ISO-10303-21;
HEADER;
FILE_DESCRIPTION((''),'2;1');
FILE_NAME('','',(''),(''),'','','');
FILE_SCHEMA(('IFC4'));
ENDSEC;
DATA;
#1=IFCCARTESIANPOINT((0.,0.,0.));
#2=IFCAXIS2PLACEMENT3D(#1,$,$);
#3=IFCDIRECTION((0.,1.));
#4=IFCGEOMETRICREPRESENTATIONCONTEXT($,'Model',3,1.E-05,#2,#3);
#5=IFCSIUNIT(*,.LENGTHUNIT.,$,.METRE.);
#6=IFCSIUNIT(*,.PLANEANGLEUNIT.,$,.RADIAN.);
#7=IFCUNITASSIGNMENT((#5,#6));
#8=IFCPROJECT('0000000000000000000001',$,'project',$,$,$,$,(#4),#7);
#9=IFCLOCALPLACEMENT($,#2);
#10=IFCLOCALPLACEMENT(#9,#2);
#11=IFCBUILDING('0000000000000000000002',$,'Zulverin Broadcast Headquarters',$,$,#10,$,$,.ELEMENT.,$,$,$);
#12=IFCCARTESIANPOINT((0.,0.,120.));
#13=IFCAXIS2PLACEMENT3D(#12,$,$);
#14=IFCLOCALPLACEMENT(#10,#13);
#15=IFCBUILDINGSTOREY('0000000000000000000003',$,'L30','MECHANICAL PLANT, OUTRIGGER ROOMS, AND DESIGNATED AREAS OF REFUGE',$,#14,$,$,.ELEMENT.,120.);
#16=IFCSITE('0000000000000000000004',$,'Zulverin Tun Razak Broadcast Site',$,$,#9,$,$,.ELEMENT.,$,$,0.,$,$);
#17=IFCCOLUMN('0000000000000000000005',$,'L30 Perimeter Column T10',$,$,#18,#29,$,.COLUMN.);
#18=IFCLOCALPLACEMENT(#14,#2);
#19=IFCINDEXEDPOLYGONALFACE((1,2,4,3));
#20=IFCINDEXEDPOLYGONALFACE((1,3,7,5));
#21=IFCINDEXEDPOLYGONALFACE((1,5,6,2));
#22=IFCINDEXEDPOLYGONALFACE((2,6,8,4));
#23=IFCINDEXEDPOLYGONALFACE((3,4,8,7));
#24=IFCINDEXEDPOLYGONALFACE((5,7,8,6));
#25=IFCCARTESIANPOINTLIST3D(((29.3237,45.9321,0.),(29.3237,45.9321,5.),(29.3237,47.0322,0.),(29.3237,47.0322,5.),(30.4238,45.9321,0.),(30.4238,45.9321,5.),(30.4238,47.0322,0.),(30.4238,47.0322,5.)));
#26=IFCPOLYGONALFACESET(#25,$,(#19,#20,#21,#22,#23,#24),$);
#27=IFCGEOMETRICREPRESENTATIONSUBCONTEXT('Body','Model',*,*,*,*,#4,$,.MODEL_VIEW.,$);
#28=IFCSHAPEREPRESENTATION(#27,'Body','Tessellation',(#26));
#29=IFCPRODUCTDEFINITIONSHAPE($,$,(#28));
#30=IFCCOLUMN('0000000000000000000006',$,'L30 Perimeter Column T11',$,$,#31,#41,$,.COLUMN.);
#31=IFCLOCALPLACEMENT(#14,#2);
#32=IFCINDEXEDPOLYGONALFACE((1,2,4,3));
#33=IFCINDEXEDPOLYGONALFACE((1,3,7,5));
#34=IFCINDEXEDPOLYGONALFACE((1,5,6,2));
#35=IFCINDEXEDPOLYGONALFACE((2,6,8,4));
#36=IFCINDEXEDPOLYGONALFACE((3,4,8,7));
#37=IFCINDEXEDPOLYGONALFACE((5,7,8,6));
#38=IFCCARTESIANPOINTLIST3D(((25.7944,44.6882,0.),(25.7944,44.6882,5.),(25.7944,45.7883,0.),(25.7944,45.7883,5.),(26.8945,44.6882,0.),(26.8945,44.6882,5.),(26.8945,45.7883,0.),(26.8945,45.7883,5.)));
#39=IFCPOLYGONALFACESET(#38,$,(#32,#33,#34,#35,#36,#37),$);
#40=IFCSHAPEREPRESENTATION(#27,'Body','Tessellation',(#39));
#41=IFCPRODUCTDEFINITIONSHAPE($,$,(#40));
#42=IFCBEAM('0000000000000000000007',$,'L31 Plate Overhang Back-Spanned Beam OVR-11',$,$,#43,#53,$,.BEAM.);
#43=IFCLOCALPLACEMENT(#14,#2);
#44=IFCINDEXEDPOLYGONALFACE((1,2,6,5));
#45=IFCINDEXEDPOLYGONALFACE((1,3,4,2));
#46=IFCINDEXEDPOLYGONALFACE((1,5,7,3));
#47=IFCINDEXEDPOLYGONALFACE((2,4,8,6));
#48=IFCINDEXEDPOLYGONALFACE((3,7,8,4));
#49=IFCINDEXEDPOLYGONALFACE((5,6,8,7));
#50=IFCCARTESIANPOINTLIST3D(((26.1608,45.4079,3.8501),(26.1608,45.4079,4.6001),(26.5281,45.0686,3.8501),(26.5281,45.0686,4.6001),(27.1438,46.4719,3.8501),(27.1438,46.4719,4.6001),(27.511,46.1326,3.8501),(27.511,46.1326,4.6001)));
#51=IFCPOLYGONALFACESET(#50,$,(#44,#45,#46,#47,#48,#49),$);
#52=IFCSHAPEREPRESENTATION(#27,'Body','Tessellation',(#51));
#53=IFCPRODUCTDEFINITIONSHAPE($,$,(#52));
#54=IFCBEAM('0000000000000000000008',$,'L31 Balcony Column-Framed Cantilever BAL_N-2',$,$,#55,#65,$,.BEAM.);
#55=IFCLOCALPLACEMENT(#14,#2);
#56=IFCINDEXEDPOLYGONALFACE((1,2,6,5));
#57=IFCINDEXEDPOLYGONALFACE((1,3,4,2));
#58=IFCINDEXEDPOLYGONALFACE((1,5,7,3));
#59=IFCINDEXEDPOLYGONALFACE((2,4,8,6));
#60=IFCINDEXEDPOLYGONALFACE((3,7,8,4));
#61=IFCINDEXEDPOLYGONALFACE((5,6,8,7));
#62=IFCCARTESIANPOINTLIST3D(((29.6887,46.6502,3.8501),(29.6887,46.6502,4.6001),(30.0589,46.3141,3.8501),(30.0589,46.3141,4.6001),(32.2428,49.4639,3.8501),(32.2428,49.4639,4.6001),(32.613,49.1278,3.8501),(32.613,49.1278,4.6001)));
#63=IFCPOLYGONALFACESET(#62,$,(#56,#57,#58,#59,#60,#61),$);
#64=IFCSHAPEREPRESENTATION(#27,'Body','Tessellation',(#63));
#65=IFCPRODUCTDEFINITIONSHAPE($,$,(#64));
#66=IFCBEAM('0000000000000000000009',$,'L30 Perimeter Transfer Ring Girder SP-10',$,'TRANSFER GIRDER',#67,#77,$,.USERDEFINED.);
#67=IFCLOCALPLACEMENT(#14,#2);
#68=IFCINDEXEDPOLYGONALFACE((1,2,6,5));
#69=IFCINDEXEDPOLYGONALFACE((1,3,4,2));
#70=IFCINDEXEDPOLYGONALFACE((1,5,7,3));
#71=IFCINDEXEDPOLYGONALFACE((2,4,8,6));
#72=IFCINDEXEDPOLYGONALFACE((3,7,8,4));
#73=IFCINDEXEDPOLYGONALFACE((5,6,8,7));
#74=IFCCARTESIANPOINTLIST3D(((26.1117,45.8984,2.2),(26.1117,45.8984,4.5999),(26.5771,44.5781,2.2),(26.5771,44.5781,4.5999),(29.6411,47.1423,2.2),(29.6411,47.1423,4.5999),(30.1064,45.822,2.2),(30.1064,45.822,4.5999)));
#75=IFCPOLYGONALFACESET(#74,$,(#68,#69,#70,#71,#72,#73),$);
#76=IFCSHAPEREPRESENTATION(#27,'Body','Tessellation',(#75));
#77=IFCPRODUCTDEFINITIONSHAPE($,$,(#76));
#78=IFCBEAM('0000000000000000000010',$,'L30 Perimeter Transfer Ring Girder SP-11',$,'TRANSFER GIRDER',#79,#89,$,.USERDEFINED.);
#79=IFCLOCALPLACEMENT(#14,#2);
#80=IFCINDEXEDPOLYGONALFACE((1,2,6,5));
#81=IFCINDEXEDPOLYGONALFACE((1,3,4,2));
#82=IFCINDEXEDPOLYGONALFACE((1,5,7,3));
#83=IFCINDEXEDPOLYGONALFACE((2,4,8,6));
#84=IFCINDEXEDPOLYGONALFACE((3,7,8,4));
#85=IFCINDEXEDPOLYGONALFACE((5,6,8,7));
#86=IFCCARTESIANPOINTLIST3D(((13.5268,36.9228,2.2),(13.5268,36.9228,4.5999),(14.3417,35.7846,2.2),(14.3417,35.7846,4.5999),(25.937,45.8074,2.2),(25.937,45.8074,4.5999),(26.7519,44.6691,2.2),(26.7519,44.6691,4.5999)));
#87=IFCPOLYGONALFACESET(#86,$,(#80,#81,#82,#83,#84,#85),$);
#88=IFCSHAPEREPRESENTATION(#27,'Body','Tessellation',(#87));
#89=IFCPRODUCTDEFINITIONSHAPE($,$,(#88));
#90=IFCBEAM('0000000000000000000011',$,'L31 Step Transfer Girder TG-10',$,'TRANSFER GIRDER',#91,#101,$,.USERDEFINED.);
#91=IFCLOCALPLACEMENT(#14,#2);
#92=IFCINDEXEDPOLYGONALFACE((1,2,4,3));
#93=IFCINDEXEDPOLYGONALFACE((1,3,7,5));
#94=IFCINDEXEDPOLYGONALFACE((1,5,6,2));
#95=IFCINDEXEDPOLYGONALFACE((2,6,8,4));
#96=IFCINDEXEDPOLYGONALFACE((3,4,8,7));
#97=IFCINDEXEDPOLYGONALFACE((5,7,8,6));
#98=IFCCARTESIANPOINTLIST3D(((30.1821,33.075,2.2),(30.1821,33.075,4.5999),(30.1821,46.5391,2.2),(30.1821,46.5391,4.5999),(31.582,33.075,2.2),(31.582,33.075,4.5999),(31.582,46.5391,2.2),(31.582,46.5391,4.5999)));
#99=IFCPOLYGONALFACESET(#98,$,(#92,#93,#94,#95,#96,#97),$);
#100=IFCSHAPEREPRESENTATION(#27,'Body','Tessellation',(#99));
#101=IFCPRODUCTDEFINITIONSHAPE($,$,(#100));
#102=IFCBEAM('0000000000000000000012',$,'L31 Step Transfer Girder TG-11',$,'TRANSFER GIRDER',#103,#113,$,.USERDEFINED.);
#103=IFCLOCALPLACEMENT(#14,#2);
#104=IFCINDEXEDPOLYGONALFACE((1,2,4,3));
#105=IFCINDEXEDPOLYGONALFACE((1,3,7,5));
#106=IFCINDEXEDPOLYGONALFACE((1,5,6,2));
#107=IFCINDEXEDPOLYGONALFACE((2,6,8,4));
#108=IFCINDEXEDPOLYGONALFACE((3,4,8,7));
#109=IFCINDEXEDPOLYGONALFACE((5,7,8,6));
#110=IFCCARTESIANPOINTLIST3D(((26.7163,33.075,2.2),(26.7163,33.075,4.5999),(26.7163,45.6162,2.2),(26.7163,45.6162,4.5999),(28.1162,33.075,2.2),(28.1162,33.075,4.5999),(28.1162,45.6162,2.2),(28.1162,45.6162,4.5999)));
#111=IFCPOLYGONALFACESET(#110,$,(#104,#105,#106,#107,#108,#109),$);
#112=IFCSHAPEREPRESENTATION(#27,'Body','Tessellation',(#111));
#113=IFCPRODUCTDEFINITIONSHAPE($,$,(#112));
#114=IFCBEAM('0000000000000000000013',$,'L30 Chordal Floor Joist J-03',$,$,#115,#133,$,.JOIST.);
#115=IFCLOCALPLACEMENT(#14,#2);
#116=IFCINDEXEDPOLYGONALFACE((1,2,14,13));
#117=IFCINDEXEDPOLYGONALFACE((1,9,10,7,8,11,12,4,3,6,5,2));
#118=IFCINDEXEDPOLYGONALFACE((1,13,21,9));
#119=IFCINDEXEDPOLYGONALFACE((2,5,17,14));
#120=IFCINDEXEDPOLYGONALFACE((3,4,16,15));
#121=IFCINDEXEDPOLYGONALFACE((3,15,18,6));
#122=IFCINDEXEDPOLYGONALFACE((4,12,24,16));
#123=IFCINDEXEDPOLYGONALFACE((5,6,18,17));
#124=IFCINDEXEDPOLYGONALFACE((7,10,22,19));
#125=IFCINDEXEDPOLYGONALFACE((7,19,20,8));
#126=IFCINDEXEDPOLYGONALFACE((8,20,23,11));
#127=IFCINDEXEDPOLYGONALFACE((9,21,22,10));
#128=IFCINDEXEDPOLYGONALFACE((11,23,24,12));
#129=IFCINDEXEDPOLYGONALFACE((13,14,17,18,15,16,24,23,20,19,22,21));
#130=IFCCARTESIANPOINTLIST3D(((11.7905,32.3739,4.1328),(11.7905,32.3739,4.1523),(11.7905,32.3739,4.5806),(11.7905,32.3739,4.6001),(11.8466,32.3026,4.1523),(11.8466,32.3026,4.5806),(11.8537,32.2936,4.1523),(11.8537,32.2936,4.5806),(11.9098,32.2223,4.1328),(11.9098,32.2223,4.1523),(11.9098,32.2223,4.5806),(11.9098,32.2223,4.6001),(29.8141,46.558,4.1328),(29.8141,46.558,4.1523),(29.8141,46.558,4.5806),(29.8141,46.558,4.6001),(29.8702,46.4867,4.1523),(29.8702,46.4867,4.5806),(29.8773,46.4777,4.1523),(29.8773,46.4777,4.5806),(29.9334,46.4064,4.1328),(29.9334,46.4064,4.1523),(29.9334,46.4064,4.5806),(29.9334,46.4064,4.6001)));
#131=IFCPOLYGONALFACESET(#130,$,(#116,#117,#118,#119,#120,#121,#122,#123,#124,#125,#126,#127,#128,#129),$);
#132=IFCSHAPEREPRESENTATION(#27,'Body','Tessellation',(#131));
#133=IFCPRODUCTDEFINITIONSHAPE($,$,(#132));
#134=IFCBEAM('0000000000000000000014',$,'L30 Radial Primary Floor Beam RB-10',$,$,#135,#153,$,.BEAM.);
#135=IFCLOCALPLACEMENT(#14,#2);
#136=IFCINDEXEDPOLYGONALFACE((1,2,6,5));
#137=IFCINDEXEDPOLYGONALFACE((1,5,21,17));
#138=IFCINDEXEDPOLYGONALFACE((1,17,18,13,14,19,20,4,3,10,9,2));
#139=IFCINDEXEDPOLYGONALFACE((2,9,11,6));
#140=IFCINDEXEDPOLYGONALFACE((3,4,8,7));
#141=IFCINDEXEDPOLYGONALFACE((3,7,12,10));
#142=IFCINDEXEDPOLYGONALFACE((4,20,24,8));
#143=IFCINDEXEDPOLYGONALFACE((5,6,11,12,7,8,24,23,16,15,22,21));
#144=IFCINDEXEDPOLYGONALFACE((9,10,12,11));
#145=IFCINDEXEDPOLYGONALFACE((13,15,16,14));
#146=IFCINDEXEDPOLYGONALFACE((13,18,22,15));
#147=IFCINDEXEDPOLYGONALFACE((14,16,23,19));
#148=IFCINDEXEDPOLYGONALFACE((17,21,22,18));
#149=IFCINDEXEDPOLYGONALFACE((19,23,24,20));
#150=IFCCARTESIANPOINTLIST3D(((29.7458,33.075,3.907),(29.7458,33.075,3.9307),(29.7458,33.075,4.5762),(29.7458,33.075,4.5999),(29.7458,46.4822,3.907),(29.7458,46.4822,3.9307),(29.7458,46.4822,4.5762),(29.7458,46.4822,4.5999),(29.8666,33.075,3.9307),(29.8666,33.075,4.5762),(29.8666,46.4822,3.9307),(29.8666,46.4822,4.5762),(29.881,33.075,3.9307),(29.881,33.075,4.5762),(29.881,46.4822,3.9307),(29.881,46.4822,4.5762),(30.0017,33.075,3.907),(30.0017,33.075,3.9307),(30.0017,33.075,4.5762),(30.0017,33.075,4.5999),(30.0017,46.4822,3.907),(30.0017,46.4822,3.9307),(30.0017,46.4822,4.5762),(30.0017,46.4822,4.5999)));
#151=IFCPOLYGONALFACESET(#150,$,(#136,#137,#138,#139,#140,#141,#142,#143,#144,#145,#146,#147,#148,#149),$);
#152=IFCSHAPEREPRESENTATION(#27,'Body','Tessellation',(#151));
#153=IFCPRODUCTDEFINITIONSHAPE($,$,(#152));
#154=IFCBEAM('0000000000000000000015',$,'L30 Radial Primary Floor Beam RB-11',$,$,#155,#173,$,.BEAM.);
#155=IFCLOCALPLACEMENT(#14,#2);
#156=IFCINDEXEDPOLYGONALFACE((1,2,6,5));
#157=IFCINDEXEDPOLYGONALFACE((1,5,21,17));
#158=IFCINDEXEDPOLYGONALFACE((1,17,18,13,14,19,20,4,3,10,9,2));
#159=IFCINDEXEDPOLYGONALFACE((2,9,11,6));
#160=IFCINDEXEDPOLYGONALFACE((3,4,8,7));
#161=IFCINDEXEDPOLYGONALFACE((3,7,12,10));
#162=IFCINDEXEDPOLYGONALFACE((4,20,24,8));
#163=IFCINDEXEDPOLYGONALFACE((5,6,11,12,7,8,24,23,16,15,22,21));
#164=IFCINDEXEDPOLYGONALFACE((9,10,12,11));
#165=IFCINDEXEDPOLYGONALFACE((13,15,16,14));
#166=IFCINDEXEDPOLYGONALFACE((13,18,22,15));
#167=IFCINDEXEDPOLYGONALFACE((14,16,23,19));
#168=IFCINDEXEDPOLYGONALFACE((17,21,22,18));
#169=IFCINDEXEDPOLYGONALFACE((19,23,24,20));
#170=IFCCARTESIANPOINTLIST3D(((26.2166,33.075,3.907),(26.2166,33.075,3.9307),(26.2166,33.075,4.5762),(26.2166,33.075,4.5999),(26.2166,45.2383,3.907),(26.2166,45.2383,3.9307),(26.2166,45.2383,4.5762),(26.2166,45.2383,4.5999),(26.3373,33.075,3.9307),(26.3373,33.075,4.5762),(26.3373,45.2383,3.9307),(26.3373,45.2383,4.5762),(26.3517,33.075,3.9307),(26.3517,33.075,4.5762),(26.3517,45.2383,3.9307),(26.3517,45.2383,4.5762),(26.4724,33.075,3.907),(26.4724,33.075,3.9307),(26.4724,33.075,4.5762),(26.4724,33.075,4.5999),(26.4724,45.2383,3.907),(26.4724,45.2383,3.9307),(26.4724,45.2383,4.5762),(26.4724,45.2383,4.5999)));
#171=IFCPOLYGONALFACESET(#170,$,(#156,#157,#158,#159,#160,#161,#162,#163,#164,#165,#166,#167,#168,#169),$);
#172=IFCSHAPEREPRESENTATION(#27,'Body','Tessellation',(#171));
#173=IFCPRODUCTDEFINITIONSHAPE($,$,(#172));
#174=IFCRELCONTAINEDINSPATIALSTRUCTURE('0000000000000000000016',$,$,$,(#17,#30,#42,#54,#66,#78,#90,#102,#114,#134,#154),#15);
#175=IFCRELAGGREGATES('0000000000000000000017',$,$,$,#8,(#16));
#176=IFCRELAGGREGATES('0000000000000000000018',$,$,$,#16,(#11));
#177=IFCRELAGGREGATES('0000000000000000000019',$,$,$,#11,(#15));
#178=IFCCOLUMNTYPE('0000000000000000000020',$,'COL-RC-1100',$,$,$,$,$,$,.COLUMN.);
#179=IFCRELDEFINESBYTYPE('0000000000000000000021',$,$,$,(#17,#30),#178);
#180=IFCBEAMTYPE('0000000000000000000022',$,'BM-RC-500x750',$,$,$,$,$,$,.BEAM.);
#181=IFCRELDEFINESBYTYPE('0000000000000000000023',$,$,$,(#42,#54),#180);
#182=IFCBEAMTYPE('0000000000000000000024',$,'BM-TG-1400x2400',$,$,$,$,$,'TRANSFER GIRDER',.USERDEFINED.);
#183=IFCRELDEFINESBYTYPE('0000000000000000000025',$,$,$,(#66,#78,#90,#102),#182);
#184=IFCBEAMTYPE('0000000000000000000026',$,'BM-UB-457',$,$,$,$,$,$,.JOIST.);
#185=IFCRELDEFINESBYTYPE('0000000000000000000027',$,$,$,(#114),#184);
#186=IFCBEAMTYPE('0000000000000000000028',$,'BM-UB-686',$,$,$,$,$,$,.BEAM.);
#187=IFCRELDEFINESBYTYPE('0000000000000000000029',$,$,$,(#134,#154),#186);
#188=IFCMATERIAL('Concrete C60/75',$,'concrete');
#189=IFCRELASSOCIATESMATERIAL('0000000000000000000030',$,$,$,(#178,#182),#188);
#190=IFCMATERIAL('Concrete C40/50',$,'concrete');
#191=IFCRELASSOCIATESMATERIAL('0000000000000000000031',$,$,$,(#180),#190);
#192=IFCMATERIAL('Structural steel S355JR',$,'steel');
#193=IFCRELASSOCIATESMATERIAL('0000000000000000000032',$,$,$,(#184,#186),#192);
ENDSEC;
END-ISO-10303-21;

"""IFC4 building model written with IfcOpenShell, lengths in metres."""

from ifc_helpers import new_model, si_unit, direction, frame, origin, origin_2d, place, context, subcontext, project, spatial, rectangle, i_section, extrude, material, material_profile, profile_set, type_object, element, save


model = new_model("IFC4")

# Units and contexts
model_context = context("Model", 3, precision=1e-05, world=origin(), true_north=direction((0.0, 1.0)))
body_context = subcontext(model_context, "Body", "Model", "MODEL_VIEW")
ifc_project = project(units=[si_unit("LENGTHUNIT", "METRE"), si_unit("PLANEANGLEUNIT", "RADIAN")], contexts=[model_context])

# Site, building, storey
site_placement = place(None, origin())
site = spatial("IfcSite", under=ifc_project, at=site_placement, Name="Zulverin Tun Razak Broadcast Site", CompositionType="ELEMENT", RefElevation=0.0)
building_placement = place(site_placement, origin())
building = spatial("IfcBuilding", under=site, at=building_placement, Name="Zulverin Broadcast Headquarters", CompositionType="ELEMENT")
storey_placement = place(building_placement, frame((0.0, 0.0, 120.0)))
storey = spatial("IfcBuildingStorey", under=building, at=storey_placement, Name="L30", Description="MECHANICAL PLANT, OUTRIGGER ROOMS, AND DESIGNATED AREAS OF REFUGE", CompositionType="ELEMENT", Elevation=120.0)

# Columns
ifc_material_1 = material(Name="Concrete C60/75", Category="concrete")
ifc_material_profile_1 = material_profile(ifc_material_1, rectangle(XDim=1.1001, YDim=1.1001, at=origin_2d()), Name="Concrete C60/75", Category="concrete")
ifc_profile_set_1 = profile_set([ifc_material_profile_1], Name="Concrete C60/75")
column_type = type_object("IfcColumnType", Name="COL-RC-1100", PredefinedType="COLUMN", material=ifc_profile_set_1)
for number, where, z_axis, x_axis, name in (
    (1, (29.8738, 46.4822, 0.0), (0.0, 0.0, 1.0), (1.0, 0.0, 0.0), "L30 Perimeter Column T10"),
    (2, (26.3445, 45.2383, 0.0), (0.0, 0.0, 1.0), (1.0, 0.0, 0.0), "L30 Perimeter Column T11"),
):
    element("IfcColumn", number, at=place(storey_placement, frame(where, z_axis=z_axis, x_axis=x_axis)), inside=storey, type_object=column_type, Name=name, PredefinedType="COLUMN", context=body_context, shape_type="SweptSolid", body=[
        extrude(rectangle(XDim=1.1001, YDim=1.1001, at=origin_2d()), origin(), (0.0, 0.0, 1.0), 5.0),
    ])

# Beams
ifc_material_2 = material(Name="Concrete C40/50", Category="concrete")
ifc_material_profile_2 = material_profile(ifc_material_2, rectangle(XDim=0.5, YDim=0.75, at=origin_2d()), Name="Concrete C40/50", Category="concrete")
ifc_profile_set_2 = profile_set([ifc_material_profile_2], Name="Concrete C40/50")
beam_type_1 = type_object("IfcBeamType", Name="BM-RC-500x750", PredefinedType="BEAM", material=ifc_profile_set_2)
beam_1_placement = place(storey_placement, frame((26.3445, 45.2383, 4.2251), z_axis=(0.678574, 0.734532, 0.0), x_axis=(-0.734532, 0.678574, 0.0)))
element("IfcBeam", 3, at=beam_1_placement, inside=storey, type_object=beam_type_1, Name="L31 Plate Overhang Back-Spanned Beam OVR-11", PredefinedType="BEAM", context=body_context, shape_type="SweptSolid", body=[
    extrude(rectangle(XDim=0.5, YDim=0.75, at=origin_2d()), origin(), (0.0, 0.0, 1.0), 1.4485),
])
beam_2_placement = place(storey_placement, frame((29.8738, 46.4822, 4.2251), z_axis=(0.672135, 0.740428, 0.0), x_axis=(-0.740428, 0.672135, 0.0)))
element("IfcBeam", 4, at=beam_2_placement, inside=storey, type_object=beam_type_1, Name="L31 Balcony Column-Framed Cantilever BAL_N-2", PredefinedType="BEAM", context=body_context, shape_type="SweptSolid", body=[
    extrude(rectangle(XDim=0.5, YDim=0.75, at=origin_2d()), origin(), (0.0, 0.0, 1.0), 3.8),
])
ifc_material_profile_3 = material_profile(ifc_material_1, rectangle(XDim=1.3999, YDim=2.3999, at=origin_2d()), Name="Concrete C60/75", Category="concrete")
ifc_profile_set_3 = profile_set([ifc_material_profile_3], Name="Concrete C60/75")
beam_type_2 = type_object("IfcBeamType", Name="BM-TG-1400x2400", ElementType="TRANSFER GIRDER", PredefinedType="USERDEFINED", material=ifc_profile_set_3)
beam_3_placement = place(storey_placement, frame((29.8738, 46.4822, 3.3999), z_axis=(-0.943136, -0.332407, 0.0), x_axis=(0.332407, -0.943136, 0.0)))
element("IfcBeam", 5, at=beam_3_placement, inside=storey, type_object=beam_type_2, Name="L30 Perimeter Transfer Ring Girder SP-10", ObjectType="TRANSFER GIRDER", PredefinedType="USERDEFINED", context=body_context, shape_type="SweptSolid", body=[
    extrude(rectangle(XDim=1.3999, YDim=2.3999, at=origin_2d()), origin(), (0.0, 0.0, 1.0), 3.7422),
])
beam_4_placement = place(storey_placement, frame((26.3445, 45.2383, 3.3999), z_axis=(-0.813109, -0.582111, 0.0), x_axis=(0.582111, -0.813109, 0.0)))
element("IfcBeam", 6, at=beam_4_placement, inside=storey, type_object=beam_type_2, Name="L30 Perimeter Transfer Ring Girder SP-11", ObjectType="TRANSFER GIRDER", PredefinedType="USERDEFINED", context=body_context, shape_type="SweptSolid", body=[
    extrude(rectangle(XDim=1.3999, YDim=2.3999, at=origin_2d()), origin(), (0.0, 0.0, 1.0), 15.2627),
])
beam_5_placement = place(storey_placement, frame((30.8821, 33.075, 3.3999), z_axis=(0.0, 1.0, 0.0), x_axis=(-1.0, 0.0, 0.0)))
element("IfcBeam", 7, at=beam_5_placement, inside=storey, type_object=beam_type_2, Name="L31 Step Transfer Girder TG-10", ObjectType="TRANSFER GIRDER", PredefinedType="USERDEFINED", context=body_context, shape_type="SweptSolid", body=[
    extrude(rectangle(XDim=1.3999, YDim=2.3999, at=origin_2d()), origin(), (0.0, 0.0, 1.0), 13.4641),
])
beam_6_placement = place(storey_placement, frame((27.4163, 33.075, 3.3999), z_axis=(0.0, 1.0, 0.0), x_axis=(-1.0, 0.0, 0.0)))
element("IfcBeam", 8, at=beam_6_placement, inside=storey, type_object=beam_type_2, Name="L31 Step Transfer Girder TG-11", ObjectType="TRANSFER GIRDER", PredefinedType="USERDEFINED", context=body_context, shape_type="SweptSolid", body=[
    extrude(rectangle(XDim=1.3999, YDim=2.3999, at=origin_2d()), origin(), (0.0, 0.0, 1.0), 12.5413),
])
ifc_material_3 = material(Name="Structural steel S355JR", Category="steel")
ifc_material_profile_4 = material_profile(ifc_material_3, i_section(OverallWidth=0.1929, OverallDepth=0.4673, WebThickness=0.0115, FlangeThickness=0.0195, at=origin_2d()), Name="Structural steel S355JR", Category="steel")
ifc_profile_set_4 = profile_set([ifc_material_profile_4], Name="Structural steel S355JR")
beam_type_3 = type_object("IfcBeamType", Name="BM-UB-457", PredefinedType="JOIST", material=ifc_profile_set_4)
beam_7_placement = place(storey_placement, frame((29.8738, 46.4822, 4.3665), z_axis=(-0.785839, -0.618431, 0.0), x_axis=(0.618431, -0.785839, 0.0)))
element("IfcBeam", 9, at=beam_7_placement, inside=storey, type_object=beam_type_3, Name="L30 Chordal Floor Joist J-03", PredefinedType="JOIST", context=body_context, shape_type="SweptSolid", body=[
    extrude(i_section(OverallWidth=0.1929, OverallDepth=0.4673, WebThickness=0.0115, FlangeThickness=0.0195, at=origin_2d()), origin(), (0.0, 0.0, 1.0), 22.9355),
])
ifc_material_profile_5 = material_profile(ifc_material_3, i_section(OverallWidth=0.2559, OverallDepth=0.6929, WebThickness=0.0144, FlangeThickness=0.0237, at=origin_2d()), Name="Structural steel S355JR", Category="steel")
ifc_profile_set_5 = profile_set([ifc_material_profile_5], Name="Structural steel S355JR")
beam_type_4 = type_object("IfcBeamType", Name="BM-UB-686", PredefinedType="BEAM", material=ifc_profile_set_5)
beam_8_placement = place(storey_placement, frame((29.8738, 33.075, 4.2534), z_axis=(0.0, 1.0, 0.0), x_axis=(-1.0, 0.0, 0.0)))
element("IfcBeam", 10, at=beam_8_placement, inside=storey, type_object=beam_type_4, Name="L30 Radial Primary Floor Beam RB-10", PredefinedType="BEAM", context=body_context, shape_type="SweptSolid", body=[
    extrude(i_section(OverallWidth=0.2559, OverallDepth=0.6929, WebThickness=0.0144, FlangeThickness=0.0237, at=origin_2d()), origin(), (0.0, 0.0, 1.0), 13.4072),
])
beam_9_placement = place(storey_placement, frame((26.3445, 33.075, 4.2534), z_axis=(0.0, 1.0, 0.0), x_axis=(-1.0, 0.0, 0.0)))
element("IfcBeam", 11, at=beam_9_placement, inside=storey, type_object=beam_type_4, Name="L30 Radial Primary Floor Beam RB-11", PredefinedType="BEAM", context=body_context, shape_type="SweptSolid", body=[
    extrude(i_section(OverallWidth=0.2559, OverallDepth=0.6929, WebThickness=0.0144, FlangeThickness=0.0237, at=origin_2d()), origin(), (0.0, 0.0, 1.0), 12.1633),
])

save(model, "model.ifc")
